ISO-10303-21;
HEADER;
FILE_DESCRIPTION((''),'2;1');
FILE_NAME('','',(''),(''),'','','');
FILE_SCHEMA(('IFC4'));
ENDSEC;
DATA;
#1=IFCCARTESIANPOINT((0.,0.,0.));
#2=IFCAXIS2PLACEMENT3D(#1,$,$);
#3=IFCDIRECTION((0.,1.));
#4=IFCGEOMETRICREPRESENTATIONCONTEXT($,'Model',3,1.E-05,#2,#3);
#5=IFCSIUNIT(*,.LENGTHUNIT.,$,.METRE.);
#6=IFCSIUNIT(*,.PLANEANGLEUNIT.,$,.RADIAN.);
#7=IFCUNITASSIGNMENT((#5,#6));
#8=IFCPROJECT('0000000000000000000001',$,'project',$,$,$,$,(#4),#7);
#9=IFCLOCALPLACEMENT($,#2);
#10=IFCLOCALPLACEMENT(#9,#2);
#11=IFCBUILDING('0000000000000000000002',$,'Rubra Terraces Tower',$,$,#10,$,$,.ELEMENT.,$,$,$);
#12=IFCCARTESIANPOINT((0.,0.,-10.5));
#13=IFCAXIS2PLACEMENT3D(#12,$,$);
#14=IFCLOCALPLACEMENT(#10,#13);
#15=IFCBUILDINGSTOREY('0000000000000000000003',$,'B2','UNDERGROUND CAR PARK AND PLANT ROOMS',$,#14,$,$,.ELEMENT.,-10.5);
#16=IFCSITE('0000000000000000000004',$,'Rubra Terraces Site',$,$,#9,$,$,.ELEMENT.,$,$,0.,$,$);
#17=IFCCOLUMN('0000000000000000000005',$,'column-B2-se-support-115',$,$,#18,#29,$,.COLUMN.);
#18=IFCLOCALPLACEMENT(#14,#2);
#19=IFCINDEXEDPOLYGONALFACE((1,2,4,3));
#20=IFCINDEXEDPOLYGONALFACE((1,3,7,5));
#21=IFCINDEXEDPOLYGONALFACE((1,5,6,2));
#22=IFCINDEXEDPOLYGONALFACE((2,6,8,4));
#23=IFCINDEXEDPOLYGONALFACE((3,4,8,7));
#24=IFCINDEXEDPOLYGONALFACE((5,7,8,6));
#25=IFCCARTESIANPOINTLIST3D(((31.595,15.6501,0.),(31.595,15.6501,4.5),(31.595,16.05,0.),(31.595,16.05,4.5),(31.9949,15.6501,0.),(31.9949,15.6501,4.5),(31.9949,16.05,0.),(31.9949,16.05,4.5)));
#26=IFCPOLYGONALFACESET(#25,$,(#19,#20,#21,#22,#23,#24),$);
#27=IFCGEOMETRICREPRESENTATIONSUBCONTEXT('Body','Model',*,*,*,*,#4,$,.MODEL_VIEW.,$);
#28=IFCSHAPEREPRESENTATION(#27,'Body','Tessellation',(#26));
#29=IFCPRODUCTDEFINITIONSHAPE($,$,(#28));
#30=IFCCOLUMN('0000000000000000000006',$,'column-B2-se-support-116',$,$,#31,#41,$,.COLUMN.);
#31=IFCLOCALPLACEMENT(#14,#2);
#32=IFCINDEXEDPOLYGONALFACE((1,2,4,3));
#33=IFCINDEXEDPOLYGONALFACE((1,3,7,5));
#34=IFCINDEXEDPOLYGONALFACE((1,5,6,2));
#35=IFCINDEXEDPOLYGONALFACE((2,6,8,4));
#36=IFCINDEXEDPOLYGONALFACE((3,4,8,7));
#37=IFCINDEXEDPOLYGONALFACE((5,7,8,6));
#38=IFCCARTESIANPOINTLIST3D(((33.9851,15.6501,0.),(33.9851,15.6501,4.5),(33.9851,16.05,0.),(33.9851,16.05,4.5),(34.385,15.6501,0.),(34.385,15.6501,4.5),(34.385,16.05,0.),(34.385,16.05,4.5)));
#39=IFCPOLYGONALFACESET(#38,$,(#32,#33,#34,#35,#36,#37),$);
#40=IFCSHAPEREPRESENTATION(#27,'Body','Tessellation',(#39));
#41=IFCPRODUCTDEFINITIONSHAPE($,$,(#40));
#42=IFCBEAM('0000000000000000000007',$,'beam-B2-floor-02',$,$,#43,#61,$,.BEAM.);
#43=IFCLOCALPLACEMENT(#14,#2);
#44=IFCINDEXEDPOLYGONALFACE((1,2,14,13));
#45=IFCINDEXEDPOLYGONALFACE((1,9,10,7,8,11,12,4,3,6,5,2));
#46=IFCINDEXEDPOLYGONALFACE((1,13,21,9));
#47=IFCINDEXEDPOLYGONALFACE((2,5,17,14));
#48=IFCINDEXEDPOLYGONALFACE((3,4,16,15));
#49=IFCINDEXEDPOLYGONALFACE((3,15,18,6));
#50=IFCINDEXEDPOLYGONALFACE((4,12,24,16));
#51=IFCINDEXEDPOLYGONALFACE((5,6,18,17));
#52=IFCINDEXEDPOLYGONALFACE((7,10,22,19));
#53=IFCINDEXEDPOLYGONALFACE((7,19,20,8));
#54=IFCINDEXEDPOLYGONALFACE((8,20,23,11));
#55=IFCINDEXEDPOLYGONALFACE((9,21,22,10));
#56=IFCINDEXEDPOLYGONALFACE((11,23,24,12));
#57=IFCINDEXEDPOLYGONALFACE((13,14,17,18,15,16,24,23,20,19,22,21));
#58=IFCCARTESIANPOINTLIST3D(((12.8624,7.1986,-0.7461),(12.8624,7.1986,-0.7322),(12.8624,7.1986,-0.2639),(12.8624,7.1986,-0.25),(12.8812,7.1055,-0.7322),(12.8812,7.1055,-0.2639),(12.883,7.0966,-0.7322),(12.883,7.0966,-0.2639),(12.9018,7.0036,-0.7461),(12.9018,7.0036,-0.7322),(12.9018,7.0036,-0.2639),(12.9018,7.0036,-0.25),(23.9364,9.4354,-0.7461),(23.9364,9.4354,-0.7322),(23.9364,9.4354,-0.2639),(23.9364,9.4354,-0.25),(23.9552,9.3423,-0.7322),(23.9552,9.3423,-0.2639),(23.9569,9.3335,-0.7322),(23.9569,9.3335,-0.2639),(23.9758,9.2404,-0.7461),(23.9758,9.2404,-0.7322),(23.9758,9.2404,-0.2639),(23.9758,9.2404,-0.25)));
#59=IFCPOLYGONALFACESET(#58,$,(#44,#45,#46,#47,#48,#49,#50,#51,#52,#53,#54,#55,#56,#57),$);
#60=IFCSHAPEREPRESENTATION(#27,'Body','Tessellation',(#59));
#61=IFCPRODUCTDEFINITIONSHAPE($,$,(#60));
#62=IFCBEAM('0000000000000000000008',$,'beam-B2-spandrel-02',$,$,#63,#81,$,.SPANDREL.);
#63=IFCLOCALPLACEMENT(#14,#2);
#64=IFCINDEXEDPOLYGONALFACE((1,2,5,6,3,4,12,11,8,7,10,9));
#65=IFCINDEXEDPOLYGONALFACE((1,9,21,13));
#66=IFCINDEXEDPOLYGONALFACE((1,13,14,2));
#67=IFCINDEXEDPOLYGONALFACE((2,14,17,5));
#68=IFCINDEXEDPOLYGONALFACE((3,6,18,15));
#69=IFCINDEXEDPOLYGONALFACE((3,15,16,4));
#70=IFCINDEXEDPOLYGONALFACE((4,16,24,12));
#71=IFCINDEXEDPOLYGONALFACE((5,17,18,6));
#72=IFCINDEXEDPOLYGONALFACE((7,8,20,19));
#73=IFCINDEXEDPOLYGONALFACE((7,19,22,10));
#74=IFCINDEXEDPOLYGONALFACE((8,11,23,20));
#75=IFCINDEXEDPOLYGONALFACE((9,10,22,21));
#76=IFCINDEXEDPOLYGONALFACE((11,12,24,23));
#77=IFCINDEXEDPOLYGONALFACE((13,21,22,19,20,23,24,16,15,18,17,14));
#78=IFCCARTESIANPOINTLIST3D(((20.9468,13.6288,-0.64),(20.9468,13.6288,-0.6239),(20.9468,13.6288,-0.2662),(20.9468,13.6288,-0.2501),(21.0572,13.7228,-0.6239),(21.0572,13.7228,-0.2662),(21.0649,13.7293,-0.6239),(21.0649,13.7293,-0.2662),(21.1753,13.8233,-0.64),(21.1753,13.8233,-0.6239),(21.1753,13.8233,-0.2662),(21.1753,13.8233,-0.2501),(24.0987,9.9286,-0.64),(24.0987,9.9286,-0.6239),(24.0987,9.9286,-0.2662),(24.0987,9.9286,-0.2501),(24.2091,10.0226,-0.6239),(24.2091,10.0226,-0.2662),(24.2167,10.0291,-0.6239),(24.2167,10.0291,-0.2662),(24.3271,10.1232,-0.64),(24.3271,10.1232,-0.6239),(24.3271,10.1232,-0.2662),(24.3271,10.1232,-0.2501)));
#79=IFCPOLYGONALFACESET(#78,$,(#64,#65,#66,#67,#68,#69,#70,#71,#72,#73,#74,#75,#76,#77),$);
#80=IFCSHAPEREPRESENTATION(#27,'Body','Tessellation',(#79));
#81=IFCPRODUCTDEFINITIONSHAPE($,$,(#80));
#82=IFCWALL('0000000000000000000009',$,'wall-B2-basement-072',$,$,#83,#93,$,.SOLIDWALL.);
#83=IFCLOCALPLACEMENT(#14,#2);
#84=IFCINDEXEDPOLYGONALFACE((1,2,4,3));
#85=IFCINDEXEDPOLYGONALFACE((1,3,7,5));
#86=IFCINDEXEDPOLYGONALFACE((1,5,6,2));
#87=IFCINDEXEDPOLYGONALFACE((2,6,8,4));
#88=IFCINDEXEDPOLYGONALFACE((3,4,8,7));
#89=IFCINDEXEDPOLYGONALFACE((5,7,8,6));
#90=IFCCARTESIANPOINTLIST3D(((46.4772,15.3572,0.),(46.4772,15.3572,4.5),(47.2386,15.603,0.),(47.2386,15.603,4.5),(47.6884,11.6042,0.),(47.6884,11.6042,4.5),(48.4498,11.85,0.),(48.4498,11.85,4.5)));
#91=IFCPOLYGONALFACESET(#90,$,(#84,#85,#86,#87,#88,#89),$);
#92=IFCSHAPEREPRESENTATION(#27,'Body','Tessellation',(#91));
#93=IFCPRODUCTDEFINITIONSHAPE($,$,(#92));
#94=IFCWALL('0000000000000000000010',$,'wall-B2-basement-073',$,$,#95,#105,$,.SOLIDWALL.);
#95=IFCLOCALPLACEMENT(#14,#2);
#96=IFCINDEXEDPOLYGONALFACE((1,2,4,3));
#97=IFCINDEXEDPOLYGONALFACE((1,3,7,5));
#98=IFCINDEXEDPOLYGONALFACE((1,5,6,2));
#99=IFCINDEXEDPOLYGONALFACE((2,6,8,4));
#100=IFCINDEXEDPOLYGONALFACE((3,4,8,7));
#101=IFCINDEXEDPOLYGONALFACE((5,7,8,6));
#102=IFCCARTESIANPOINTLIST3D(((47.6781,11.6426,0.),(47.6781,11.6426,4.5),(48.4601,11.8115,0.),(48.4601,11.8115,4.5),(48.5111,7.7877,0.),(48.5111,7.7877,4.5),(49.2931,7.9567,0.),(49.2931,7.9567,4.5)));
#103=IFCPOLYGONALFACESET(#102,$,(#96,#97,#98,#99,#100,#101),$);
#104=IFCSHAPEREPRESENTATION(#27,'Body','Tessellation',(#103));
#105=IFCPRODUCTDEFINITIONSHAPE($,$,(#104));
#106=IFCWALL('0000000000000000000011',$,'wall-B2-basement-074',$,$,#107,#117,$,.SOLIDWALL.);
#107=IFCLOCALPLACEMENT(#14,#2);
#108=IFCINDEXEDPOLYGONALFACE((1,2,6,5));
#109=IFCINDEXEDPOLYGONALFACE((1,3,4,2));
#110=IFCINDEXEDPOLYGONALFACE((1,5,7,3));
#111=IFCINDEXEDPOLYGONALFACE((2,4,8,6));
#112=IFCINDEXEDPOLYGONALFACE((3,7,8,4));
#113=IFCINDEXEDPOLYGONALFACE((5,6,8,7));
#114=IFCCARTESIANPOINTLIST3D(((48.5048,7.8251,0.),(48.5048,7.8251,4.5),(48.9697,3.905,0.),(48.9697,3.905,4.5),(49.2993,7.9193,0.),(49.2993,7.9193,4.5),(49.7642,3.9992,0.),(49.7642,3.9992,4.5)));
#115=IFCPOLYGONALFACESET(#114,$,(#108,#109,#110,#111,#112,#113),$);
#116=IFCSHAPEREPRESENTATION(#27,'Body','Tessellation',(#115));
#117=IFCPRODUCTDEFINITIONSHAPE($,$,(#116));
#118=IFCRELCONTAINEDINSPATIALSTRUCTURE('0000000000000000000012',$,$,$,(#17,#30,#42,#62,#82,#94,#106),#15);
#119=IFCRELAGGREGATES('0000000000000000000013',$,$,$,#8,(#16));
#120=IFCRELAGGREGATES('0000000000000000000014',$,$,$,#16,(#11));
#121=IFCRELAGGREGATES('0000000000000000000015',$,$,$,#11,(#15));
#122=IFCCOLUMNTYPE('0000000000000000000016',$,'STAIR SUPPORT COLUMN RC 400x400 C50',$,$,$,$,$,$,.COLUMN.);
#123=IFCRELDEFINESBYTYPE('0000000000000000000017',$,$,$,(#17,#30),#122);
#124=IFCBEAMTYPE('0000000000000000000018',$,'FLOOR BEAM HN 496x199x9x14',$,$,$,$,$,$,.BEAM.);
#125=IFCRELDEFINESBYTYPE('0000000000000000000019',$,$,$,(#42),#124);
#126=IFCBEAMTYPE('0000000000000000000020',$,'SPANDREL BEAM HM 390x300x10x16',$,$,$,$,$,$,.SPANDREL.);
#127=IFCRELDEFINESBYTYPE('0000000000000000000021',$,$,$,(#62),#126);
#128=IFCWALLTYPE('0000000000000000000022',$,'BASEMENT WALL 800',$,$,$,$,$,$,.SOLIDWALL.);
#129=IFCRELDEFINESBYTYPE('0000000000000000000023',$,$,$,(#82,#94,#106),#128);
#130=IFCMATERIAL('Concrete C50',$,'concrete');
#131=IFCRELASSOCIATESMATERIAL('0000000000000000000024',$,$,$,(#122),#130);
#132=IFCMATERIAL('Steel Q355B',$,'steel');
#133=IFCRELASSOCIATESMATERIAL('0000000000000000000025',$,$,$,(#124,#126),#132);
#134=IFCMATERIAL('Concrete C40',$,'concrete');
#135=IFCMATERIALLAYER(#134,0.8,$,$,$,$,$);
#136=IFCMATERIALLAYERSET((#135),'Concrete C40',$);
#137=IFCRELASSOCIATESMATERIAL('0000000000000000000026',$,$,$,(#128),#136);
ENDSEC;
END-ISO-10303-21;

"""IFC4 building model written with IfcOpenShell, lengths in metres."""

from ifc_helpers import new_model, si_unit, direction, frame, frame_2d, origin, origin_2d, place, context, subcontext, project, spatial, rectangle, i_section, extrude, material, layer, layer_set, material_profile, profile_set, type_object, element, save


model = new_model("IFC4")

# Units and contexts
model_context = context("Model", 3, precision=1e-05, world=origin(), true_north=direction((0.0, 1.0)))
body_context = subcontext(model_context, "Body", "Model", "MODEL_VIEW")
ifc_project = project(units=[si_unit("LENGTHUNIT", "METRE"), si_unit("PLANEANGLEUNIT", "RADIAN")], contexts=[model_context])

# Site, building, storey
site_placement = place(None, origin())
site = spatial("IfcSite", under=ifc_project, at=site_placement, Name="Rubra Terraces Site", CompositionType="ELEMENT", RefElevation=0.0)
building_placement = place(site_placement, origin())
building = spatial("IfcBuilding", under=site, at=building_placement, Name="Rubra Terraces Tower", CompositionType="ELEMENT")
storey_placement = place(building_placement, frame((0.0, 0.0, -10.5)))
storey = spatial("IfcBuildingStorey", under=building, at=storey_placement, Name="B2", Description="UNDERGROUND CAR PARK AND PLANT ROOMS", CompositionType="ELEMENT", Elevation=-10.5)

# Columns
ifc_material_1 = material(Name="Concrete C50", Category="concrete")
ifc_material_profile_1 = material_profile(ifc_material_1, rectangle(XDim=0.3999, YDim=0.3999, at=origin_2d()), Name="RC 400x400")
ifc_profile_set_1 = profile_set([ifc_material_profile_1], Name="Concrete C50")
column_type_1 = type_object("IfcColumnType", Name="STAIR SUPPORT COLUMN RC 400x400 C50", PredefinedType="COLUMN", material=ifc_profile_set_1)
for number, where, z_axis, x_axis, name in (
    (1, (31.7949, 15.8501, 0.0), (0.0, 0.0, 1.0), (1.0, 0.0, 0.0), "column-B2-se-support-115"),
    (2, (34.1851, 15.8501, 0.0), (0.0, 0.0, 1.0), (1.0, 0.0, 0.0), "column-B2-se-support-116"),
):
    element("IfcColumn", number, at=place(storey_placement, frame(where, z_axis=z_axis, x_axis=x_axis)), inside=storey, type_object=column_type_1, Name=name, PredefinedType="COLUMN", context=body_context, shape_type="SweptSolid", body=[
        extrude(rectangle(XDim=0.3999, YDim=0.3999, at=origin_2d()), origin(), (0.0, 0.0, 1.0), 4.5),
    ])

# Beams
ifc_material_2 = material(Name="Steel Q355B", Category="steel")
ifc_material_profile_2 = material_profile(ifc_material_2, i_section(OverallWidth=0.199, OverallDepth=0.4961, WebThickness=0.009, FlangeThickness=0.0139, at=origin_2d()), Name="HN 496x199x9x14")
ifc_profile_set_2 = profile_set([ifc_material_profile_2], Name="Steel Q355B")
beam_type_1 = type_object("IfcBeamType", Name="FLOOR BEAM HN 496x199x9x14", PredefinedType="BEAM", material=ifc_profile_set_2)
beam_1_placement = place(storey_placement, frame((23.9561, 9.3379, -0.498), z_axis=(-0.980204, -0.19799, 0.0), x_axis=(0.19799, -0.980204, 0.0)))
element("IfcBeam", 3, at=beam_1_placement, inside=storey, type_object=beam_type_1, Name="beam-B2-floor-02", PredefinedType="BEAM", context=body_context, shape_type="SweptSolid", body=[
    extrude(i_section(OverallWidth=0.199, OverallDepth=0.4961, WebThickness=0.009, FlangeThickness=0.0139, at=origin_2d()), origin(), (0.0, 0.0, 1.0), 11.2976),
])
ifc_material_profile_3 = material_profile(ifc_material_2, i_section(OverallWidth=0.3, OverallDepth=0.3899, WebThickness=0.01, FlangeThickness=0.0161, at=origin_2d()), Name="HM 390x300x10x16")
ifc_profile_set_3 = profile_set([ifc_material_profile_3], Name="Steel Q355B")
beam_type_2 = type_object("IfcBeamType", Name="SPANDREL BEAM HM 390x300x10x16", PredefinedType="SPANDREL", material=ifc_profile_set_3)
beam_2_placement = place(storey_placement, frame((24.2129, 10.0259, -0.4451), z_axis=(-0.648447, 0.76126, 0.0), x_axis=(-0.76126, -0.648447, 0.0)))
element("IfcBeam", 4, at=beam_2_placement, inside=storey, type_object=beam_type_2, Name="beam-B2-spandrel-02", PredefinedType="SPANDREL", context=body_context, shape_type="SweptSolid", body=[
    extrude(i_section(OverallWidth=0.3, OverallDepth=0.3899, WebThickness=0.01, FlangeThickness=0.0161, at=origin_2d()), origin(), (0.0, 0.0, 1.0), 4.8606),
])

# Walls
ifc_material_3 = material(Name="Concrete C40", Category="concrete")
ifc_layer = layer(ifc_material_3, 0.8)
ifc_layer_set = layer_set([ifc_layer], Name="Concrete C40")
wall_type = type_object("IfcWallType", Name="BASEMENT WALL 800", PredefinedType="SOLIDWALL", material=ifc_layer_set)
wall_1_placement = place(storey_placement, frame((46.8579, 15.48, 0.0), z_axis=(0.0, 0.0, 1.0), x_axis=(0.307131, -0.951667, 0.0)))
element("IfcWall", 5, at=wall_1_placement, inside=storey, type_object=wall_type, Name="wall-B2-basement-072", PredefinedType="SOLIDWALL", context=body_context, shape_type="SweptSolid", body=[
    extrude(rectangle(XDim=3.9436, YDim=0.8, at=frame_2d((1.9717, 0.0))), origin(), (0.0, 0.0, 1.0), 4.5),
])
wall_2_placement = place(storey_placement, frame((48.0691, 11.7271, 0.0), z_axis=(0.0, 0.0, 1.0), x_axis=(0.211211, -0.97744, 0.0)))
element("IfcWall", 6, at=wall_2_placement, inside=storey, type_object=wall_type, Name="wall-B2-basement-073", PredefinedType="SOLIDWALL", context=body_context, shape_type="SweptSolid", body=[
    extrude(rectangle(XDim=3.9438, YDim=0.8, at=frame_2d((1.9719, 0.0))), origin(), (0.0, 0.0, 1.0), 4.5),
])
wall_3_placement = place(storey_placement, frame((48.9021, 7.8721, 0.0), z_axis=(0.0, 0.0, 1.0), x_axis=(0.117753, -0.993043, 0.0)))
element("IfcWall", 7, at=wall_3_placement, inside=storey, type_object=wall_type, Name="wall-B2-basement-074", PredefinedType="SOLIDWALL", context=body_context, shape_type="SweptSolid", body=[
    extrude(rectangle(XDim=3.9475, YDim=0.8, at=frame_2d((1.9736, 0.0))), origin(), (0.0, 0.0, 1.0), 4.5),
])

save(model, "model.ifc")
